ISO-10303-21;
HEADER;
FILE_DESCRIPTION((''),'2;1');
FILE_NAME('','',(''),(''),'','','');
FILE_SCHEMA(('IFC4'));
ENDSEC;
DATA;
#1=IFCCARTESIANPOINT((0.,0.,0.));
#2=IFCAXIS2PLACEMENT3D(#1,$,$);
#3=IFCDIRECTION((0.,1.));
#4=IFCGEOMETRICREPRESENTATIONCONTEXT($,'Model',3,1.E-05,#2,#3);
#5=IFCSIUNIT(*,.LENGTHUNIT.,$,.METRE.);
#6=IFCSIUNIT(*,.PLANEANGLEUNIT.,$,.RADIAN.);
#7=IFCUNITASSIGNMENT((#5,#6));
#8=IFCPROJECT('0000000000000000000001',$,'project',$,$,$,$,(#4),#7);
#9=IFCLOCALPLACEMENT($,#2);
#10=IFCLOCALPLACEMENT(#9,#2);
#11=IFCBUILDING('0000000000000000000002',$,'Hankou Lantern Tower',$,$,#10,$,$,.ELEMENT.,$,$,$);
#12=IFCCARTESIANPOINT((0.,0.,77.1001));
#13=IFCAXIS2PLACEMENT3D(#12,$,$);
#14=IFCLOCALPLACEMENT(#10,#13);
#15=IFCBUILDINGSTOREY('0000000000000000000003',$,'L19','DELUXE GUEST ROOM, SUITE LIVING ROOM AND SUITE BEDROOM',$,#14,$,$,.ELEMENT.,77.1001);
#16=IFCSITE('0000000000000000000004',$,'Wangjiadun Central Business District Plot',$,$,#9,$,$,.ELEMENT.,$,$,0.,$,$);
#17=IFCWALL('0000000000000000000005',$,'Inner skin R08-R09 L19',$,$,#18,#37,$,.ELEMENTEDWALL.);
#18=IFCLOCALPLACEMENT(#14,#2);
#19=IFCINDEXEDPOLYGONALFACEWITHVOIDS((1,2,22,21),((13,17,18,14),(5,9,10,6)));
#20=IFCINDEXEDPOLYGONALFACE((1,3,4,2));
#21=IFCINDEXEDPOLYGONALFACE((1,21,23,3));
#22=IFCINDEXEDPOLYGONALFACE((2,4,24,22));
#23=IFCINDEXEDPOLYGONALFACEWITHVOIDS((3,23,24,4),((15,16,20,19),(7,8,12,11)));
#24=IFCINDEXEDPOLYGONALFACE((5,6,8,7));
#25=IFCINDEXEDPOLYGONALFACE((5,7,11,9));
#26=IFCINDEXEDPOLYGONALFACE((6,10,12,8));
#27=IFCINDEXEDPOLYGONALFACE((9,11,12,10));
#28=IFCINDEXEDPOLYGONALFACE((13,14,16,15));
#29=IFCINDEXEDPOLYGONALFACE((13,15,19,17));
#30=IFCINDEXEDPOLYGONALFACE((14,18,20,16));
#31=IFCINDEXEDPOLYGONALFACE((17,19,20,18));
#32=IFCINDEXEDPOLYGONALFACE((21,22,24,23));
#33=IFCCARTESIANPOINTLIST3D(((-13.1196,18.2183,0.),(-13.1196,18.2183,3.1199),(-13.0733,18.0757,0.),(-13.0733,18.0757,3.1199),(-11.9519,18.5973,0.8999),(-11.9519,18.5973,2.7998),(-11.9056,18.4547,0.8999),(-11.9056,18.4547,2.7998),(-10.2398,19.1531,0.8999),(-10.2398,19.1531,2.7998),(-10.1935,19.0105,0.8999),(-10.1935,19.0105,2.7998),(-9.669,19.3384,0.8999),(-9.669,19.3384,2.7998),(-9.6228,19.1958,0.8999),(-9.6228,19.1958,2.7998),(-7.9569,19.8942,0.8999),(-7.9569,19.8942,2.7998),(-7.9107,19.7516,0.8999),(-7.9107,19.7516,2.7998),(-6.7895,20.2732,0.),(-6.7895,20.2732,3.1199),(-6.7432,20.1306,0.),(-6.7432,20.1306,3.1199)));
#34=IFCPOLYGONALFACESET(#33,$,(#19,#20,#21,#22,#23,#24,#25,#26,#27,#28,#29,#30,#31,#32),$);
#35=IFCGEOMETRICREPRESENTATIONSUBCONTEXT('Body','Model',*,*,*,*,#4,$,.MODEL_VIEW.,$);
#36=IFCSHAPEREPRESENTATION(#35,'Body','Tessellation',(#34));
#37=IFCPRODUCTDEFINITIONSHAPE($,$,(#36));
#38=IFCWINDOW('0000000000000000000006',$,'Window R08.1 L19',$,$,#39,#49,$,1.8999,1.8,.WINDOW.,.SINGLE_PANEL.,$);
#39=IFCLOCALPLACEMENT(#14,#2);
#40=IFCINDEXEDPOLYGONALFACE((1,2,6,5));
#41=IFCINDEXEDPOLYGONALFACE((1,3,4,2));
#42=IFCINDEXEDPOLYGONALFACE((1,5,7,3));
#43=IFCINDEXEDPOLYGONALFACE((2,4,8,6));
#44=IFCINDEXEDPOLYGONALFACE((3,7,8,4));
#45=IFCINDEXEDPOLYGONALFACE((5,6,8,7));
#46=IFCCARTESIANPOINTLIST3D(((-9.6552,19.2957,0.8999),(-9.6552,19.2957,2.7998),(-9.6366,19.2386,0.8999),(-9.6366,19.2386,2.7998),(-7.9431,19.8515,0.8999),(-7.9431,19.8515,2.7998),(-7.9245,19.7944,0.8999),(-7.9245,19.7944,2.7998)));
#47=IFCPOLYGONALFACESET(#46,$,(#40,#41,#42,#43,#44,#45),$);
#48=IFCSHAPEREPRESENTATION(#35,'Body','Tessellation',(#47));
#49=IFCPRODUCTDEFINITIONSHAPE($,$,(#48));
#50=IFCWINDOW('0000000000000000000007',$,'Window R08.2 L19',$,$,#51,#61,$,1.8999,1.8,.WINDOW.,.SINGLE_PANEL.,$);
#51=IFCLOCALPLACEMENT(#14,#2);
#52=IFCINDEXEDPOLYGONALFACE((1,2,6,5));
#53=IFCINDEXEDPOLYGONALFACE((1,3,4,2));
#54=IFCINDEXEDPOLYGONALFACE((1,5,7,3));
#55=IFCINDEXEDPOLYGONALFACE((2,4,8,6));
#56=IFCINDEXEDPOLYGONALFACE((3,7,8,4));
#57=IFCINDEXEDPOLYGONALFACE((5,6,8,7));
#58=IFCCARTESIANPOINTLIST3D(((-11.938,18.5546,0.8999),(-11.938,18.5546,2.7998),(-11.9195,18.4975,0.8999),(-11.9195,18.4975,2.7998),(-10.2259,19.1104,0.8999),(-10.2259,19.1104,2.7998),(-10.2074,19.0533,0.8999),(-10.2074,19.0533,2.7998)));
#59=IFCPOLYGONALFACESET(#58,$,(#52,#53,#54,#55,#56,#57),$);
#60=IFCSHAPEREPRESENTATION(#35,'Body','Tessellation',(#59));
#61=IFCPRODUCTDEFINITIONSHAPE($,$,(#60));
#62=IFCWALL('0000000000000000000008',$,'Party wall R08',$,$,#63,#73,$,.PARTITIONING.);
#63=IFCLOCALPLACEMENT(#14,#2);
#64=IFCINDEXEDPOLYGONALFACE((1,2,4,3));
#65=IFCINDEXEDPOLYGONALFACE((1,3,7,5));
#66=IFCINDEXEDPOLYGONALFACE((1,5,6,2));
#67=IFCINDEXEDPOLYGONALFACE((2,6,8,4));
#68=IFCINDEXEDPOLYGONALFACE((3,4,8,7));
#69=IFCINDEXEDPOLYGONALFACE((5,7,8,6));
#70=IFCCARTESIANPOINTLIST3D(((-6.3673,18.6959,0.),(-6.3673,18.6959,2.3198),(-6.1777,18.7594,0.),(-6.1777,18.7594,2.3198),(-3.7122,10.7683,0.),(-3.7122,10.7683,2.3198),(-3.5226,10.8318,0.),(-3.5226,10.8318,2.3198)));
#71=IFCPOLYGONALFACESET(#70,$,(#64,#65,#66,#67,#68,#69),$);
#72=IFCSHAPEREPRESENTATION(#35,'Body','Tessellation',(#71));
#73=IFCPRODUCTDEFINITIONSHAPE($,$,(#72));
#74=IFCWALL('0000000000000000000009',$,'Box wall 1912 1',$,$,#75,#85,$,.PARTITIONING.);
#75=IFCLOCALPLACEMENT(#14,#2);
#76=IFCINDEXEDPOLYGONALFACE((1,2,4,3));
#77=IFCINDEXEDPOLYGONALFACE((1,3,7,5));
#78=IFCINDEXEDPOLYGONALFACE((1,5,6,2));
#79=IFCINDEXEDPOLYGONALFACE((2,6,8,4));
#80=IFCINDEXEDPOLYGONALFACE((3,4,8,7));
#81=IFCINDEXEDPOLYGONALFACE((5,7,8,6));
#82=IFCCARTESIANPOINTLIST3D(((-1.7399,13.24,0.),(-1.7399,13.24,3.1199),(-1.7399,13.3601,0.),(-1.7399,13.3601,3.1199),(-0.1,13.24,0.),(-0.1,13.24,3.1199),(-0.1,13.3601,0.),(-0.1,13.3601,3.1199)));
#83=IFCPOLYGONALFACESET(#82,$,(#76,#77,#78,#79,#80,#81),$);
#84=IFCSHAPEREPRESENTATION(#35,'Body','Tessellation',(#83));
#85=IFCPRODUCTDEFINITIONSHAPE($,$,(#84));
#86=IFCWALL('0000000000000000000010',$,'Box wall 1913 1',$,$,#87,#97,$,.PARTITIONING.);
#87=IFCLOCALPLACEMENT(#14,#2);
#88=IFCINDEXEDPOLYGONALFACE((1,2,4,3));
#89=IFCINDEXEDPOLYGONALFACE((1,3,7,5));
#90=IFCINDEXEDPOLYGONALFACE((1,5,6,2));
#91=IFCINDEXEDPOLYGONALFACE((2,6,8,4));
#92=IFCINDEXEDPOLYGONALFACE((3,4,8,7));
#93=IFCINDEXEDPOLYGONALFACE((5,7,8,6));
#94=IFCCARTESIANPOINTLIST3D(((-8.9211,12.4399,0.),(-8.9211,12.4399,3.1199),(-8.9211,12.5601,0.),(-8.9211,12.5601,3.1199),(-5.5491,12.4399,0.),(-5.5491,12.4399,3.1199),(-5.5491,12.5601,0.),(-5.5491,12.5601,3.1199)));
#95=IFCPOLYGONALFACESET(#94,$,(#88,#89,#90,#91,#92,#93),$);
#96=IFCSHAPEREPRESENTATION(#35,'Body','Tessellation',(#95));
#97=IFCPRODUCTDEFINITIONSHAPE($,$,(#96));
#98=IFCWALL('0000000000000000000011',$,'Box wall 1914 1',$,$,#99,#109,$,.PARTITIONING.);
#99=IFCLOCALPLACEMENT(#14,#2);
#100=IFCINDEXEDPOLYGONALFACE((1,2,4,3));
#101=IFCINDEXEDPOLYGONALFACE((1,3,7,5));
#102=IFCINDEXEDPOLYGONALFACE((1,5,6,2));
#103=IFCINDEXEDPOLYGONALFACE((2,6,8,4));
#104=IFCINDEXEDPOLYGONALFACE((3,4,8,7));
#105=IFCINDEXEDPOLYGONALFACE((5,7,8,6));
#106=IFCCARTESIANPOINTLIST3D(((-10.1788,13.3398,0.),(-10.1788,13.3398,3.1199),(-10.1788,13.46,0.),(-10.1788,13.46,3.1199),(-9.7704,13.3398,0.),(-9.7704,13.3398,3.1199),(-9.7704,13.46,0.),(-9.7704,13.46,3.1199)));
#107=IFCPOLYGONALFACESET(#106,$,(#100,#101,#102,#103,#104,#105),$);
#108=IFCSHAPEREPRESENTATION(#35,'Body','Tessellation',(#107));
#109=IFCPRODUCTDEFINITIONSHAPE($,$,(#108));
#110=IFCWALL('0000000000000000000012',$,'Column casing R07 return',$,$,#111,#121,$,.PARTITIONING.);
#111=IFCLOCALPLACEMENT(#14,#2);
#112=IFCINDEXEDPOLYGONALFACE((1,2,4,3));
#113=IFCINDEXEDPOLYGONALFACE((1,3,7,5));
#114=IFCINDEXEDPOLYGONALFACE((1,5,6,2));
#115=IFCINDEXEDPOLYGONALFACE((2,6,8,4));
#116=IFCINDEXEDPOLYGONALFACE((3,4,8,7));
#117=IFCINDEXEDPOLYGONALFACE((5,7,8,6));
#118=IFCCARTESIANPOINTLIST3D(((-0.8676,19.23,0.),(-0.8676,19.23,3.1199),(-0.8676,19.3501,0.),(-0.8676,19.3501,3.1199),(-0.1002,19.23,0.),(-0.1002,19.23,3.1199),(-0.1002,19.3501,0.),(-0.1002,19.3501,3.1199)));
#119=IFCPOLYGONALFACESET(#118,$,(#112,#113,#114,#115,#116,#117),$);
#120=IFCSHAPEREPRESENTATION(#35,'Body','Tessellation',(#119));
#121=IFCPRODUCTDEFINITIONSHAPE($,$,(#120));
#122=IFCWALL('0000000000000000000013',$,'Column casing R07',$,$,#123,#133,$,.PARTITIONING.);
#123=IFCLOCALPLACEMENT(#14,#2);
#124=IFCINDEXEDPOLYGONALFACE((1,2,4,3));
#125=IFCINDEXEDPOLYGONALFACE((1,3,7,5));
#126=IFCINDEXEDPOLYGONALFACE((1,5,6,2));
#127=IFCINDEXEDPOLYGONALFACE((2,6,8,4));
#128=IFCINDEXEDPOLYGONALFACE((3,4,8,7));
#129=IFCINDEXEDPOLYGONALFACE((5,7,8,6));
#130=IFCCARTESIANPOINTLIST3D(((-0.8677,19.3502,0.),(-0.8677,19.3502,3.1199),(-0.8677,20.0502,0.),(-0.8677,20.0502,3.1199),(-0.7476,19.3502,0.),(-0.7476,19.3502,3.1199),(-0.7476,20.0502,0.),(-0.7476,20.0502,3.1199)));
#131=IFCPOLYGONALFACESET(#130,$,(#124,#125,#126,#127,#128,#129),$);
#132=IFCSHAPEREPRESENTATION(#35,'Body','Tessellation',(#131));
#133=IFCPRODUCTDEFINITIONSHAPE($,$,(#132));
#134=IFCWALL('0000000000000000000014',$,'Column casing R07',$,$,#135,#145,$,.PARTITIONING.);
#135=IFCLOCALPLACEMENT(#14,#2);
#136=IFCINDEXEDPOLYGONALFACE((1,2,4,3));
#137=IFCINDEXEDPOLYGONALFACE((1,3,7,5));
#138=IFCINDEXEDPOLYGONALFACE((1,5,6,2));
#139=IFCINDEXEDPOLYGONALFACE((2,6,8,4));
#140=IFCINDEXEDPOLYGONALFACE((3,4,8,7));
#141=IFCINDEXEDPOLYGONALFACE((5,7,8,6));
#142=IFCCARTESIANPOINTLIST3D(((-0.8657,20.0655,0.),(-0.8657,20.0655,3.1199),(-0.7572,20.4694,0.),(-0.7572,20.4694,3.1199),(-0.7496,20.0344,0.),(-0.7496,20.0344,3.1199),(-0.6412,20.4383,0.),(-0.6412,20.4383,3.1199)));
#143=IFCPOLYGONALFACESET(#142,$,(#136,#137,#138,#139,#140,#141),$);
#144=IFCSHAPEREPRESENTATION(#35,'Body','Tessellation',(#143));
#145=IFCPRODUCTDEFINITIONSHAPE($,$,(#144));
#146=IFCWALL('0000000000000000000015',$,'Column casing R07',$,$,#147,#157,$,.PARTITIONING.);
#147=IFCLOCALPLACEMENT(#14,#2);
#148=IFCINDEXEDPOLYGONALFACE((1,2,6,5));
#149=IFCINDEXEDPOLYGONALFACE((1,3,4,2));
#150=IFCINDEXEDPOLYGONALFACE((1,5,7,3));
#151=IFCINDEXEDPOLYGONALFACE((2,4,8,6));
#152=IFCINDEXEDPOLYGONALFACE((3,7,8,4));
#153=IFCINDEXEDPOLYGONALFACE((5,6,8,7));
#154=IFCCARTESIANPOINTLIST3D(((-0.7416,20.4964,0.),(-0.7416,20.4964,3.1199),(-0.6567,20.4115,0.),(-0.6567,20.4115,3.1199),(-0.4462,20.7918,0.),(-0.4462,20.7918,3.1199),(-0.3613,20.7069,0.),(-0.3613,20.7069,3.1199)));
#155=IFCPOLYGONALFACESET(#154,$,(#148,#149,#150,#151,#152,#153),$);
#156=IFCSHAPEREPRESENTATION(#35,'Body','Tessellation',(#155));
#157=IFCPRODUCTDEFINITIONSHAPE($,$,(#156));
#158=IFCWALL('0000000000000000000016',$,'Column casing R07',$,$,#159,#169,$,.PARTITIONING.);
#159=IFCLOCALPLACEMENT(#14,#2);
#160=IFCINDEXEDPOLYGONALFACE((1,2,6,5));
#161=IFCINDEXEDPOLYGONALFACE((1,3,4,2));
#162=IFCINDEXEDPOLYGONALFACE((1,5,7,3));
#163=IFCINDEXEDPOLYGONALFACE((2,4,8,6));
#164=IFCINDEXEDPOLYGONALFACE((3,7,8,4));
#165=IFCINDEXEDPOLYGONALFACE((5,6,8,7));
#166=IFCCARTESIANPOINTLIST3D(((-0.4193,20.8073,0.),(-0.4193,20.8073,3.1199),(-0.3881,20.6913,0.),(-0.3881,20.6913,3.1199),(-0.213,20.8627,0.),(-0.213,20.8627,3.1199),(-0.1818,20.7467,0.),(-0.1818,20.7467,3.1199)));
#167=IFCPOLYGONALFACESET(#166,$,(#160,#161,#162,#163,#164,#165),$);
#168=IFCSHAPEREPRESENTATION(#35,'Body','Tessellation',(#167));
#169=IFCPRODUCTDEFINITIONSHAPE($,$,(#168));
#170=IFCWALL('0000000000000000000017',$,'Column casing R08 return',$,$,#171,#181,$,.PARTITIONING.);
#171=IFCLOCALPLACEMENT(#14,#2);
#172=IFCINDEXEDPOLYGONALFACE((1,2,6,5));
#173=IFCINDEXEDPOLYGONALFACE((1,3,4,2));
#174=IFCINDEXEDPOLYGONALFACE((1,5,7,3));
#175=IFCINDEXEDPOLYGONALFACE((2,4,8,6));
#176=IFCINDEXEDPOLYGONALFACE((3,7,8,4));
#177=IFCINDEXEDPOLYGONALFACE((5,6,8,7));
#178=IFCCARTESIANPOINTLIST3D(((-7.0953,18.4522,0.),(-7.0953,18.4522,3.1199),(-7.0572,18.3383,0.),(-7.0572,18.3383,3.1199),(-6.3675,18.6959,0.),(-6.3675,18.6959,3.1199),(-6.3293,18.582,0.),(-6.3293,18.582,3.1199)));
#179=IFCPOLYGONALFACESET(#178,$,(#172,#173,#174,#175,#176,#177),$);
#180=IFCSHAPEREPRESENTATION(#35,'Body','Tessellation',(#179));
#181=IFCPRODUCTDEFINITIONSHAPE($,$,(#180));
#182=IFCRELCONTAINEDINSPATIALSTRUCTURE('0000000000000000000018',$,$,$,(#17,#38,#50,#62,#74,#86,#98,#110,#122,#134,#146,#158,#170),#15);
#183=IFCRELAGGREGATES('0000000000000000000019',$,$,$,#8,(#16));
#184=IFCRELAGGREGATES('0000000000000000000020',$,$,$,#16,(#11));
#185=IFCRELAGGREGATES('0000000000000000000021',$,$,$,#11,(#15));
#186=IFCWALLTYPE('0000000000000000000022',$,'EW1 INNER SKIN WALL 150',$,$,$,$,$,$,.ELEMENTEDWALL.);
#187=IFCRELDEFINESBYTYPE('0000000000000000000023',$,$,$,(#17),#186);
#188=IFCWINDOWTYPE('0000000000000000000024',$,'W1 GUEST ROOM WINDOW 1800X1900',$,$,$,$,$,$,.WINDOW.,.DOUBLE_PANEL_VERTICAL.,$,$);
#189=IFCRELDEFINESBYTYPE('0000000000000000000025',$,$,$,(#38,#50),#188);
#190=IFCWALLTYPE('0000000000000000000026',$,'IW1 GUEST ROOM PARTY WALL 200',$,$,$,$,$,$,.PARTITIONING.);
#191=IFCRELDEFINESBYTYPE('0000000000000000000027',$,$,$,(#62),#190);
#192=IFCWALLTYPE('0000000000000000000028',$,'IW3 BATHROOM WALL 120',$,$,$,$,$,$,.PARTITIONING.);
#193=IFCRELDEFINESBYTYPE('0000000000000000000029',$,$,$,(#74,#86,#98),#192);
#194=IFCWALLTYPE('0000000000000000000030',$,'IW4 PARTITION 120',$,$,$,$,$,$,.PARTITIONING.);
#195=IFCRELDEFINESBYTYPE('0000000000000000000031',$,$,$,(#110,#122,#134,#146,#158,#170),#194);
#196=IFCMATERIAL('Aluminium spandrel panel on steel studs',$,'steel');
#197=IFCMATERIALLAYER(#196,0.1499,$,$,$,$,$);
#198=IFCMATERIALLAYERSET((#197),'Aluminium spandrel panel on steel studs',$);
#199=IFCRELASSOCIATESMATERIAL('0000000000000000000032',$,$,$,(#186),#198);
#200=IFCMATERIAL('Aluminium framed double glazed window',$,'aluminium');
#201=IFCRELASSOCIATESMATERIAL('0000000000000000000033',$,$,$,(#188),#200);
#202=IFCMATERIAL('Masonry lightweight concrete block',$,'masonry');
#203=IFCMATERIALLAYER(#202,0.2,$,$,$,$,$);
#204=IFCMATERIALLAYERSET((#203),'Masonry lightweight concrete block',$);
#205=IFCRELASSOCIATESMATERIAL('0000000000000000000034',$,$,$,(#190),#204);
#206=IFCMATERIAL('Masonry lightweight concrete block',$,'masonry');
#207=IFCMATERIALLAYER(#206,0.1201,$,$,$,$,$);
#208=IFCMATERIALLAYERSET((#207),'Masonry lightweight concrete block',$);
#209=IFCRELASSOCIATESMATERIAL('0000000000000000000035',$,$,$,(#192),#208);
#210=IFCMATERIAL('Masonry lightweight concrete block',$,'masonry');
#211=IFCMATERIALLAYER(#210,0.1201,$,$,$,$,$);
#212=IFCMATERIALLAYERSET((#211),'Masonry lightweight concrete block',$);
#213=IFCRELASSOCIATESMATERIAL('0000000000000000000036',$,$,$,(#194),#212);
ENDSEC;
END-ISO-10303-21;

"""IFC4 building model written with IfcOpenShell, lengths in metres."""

from ifc_helpers import new_model, si_unit, direction, frame, frame_2d, origin, place, context, subcontext, project, spatial, rectangle, extrude, material, layer, layer_set, type_object, element, fill, save


model = new_model("IFC4")

# Units and contexts
model_context = context("Model", 3, precision=1e-05, world=origin(), true_north=direction((0.0, 1.0)))
body_context = subcontext(model_context, "Body", "Model", "MODEL_VIEW")
ifc_project = project(units=[si_unit("LENGTHUNIT", "METRE"), si_unit("PLANEANGLEUNIT", "RADIAN")], contexts=[model_context])

# Site, building, storey
site_placement = place(None, origin())
site = spatial("IfcSite", under=ifc_project, at=site_placement, Name="Wangjiadun Central Business District Plot", CompositionType="ELEMENT", RefElevation=0.0)
building_placement = place(site_placement, origin())
building = spatial("IfcBuilding", under=site, at=building_placement, Name="Hankou Lantern Tower", CompositionType="ELEMENT")
storey_placement = place(building_placement, frame((0.0, 0.0, 77.1001)))
storey = spatial("IfcBuildingStorey", under=building, at=storey_placement, Name="L19", Description="DELUXE GUEST ROOM, SUITE LIVING ROOM AND SUITE BEDROOM", CompositionType="ELEMENT", Elevation=77.1001)

# Wall, openings, windows
ifc_material_1 = material(Name="Aluminium spandrel panel on steel studs", Category="steel")
ifc_layer_1 = layer(ifc_material_1, 0.1499)
ifc_layer_set_1 = layer_set([ifc_layer_1], Name="Aluminium spandrel panel on steel studs")
wall_type_1 = type_object("IfcWallType", Name="EW1 INNER SKIN WALL 150", PredefinedType="ELEMENTEDWALL", material=ifc_layer_set_1)
wall_1_placement = place(storey_placement, frame((-6.7664, 20.2019, 0.0), z_axis=(0.0, 0.0, 1.0), x_axis=(-0.951138, -0.308768, 0.0)))
wall_1 = element("IfcWall", 1, at=wall_1_placement, inside=storey, type_object=wall_type_1, Name="Inner skin R08-R09 L19", PredefinedType="ELEMENTEDWALL", context=body_context, shape_type="SweptSolid", body=[
    extrude(rectangle(XDim=6.6553, YDim=0.1499, at=frame_2d((3.3276, 0.0))), origin(), (0.0, 0.0, 1.0), 3.1199),
])
opening_1_placement = place(wall_1_placement, frame((1.2275, 0.0, 0.8999)))
opening_1 = element("IfcOpeningElement", 2, at=opening_1_placement, cuts=wall_1, PredefinedType="OPENING", context=body_context, shape_type="SweptSolid", body=[
    extrude(rectangle(XDim=1.8, YDim=1.8999, at=frame_2d((0.8999, 0.95))), frame((0.0, 0.085, 0.0), z_axis=(0.0, -1.0, 0.0), x_axis=(1.0, 0.0, 0.0)), (0.0, 0.0, 1.0), 0.1699),
])
opening_2_placement = place(wall_1_placement, frame((3.6277, 0.0, 0.8999)))
opening_2 = element("IfcOpeningElement", 3, at=opening_2_placement, cuts=wall_1, PredefinedType="OPENING", context=body_context, shape_type="SweptSolid", body=[
    extrude(rectangle(XDim=1.8, YDim=1.8999, at=frame_2d((0.8999, 0.95))), frame((0.0, 0.085, 0.0), z_axis=(0.0, -1.0, 0.0), x_axis=(1.0, 0.0, 0.0)), (0.0, 0.0, 1.0), 0.1699),
])
ifc_material_2 = material(Name="Aluminium framed double glazed window", Category="aluminium")
window_type = type_object("IfcWindowType", Name="W1 GUEST ROOM WINDOW 1800X1900", PartitioningType="DOUBLE_PANEL_VERTICAL", PredefinedType="WINDOW", material=ifc_material_2)
window_1_placement = place(opening_1_placement, origin())
window_1 = element("IfcWindow", 4, at=window_1_placement, inside=storey, type_object=window_type, Name="Window R08.1 L19", OverallHeight=1.8999, OverallWidth=1.8, PartitioningType="SINGLE_PANEL", PredefinedType="WINDOW", context=body_context, shape_type="SweptSolid", body=[
    extrude(rectangle(XDim=1.8, YDim=1.8999, at=frame_2d((0.8999, 0.95))), frame((0.0, 0.03, 0.0), z_axis=(0.0, -1.0, 0.0), x_axis=(1.0, 0.0, 0.0)), (0.0, 0.0, 1.0), 0.0601),
])
fill(opening_1, window_1)
window_2_placement = place(opening_2_placement, origin())
window_2 = element("IfcWindow", 5, at=window_2_placement, inside=storey, type_object=window_type, Name="Window R08.2 L19", OverallHeight=1.8999, OverallWidth=1.8, PartitioningType="SINGLE_PANEL", PredefinedType="WINDOW", context=body_context, shape_type="SweptSolid", body=[
    extrude(rectangle(XDim=1.8, YDim=1.8999, at=frame_2d((0.8999, 0.95))), frame((0.0, 0.03, 0.0), z_axis=(0.0, -1.0, 0.0), x_axis=(1.0, 0.0, 0.0)), (0.0, 0.0, 1.0), 0.0601),
])
fill(opening_2, window_2)

# Walls
ifc_material_3 = material(Name="Masonry lightweight concrete block", Category="masonry")
ifc_layer_2 = layer(ifc_material_3, 0.2)
ifc_layer_set_2 = layer_set([ifc_layer_2], Name="Masonry lightweight concrete block")
wall_type_2 = type_object("IfcWallType", Name="IW1 GUEST ROOM PARTY WALL 200", PredefinedType="PARTITIONING", material=ifc_layer_set_2)
wall_2_placement = place(storey_placement, frame((-3.6174, 10.8, 0.0), z_axis=(0.0, 0.0, 1.0), x_axis=(-0.317577, 0.948233, 0.0)))
element("IfcWall", 6, at=wall_2_placement, inside=storey, type_object=wall_type_2, Name="Party wall R08", PredefinedType="PARTITIONING", context=body_context, shape_type="SweptSolid", body=[
    extrude(rectangle(XDim=8.3604, YDim=0.2, at=frame_2d((4.1802, 0.0))), origin(), (0.0, 0.0, 1.0), 2.3198),
])
ifc_material_4 = material(Name="Masonry lightweight concrete block", Category="masonry")
ifc_layer_3 = layer(ifc_material_4, 0.1201)
ifc_layer_set_3 = layer_set([ifc_layer_3], Name="Masonry lightweight concrete block")
wall_type_3 = type_object("IfcWallType", Name="IW3 BATHROOM WALL 120", PredefinedType="PARTITIONING", material=ifc_layer_set_3)
wall_3_placement = place(storey_placement, frame((-0.1001, 13.3, 0.0), z_axis=(0.0, 0.0, 1.0), x_axis=(-1.0, 0.0, 0.0)))
element("IfcWall", 7, at=wall_3_placement, inside=storey, type_object=wall_type_3, Name="Box wall 1912 1", PredefinedType="PARTITIONING", context=body_context, shape_type="SweptSolid", body=[
    extrude(rectangle(XDim=1.6399, YDim=0.1201, at=frame_2d((0.8198, 0.0))), origin(), (0.0, 0.0, 1.0), 3.1199),
])
wall_4_placement = place(storey_placement, frame((-8.9211, 12.5, 0.0), z_axis=(0.0, 0.0, 1.0), x_axis=(1.0, 0.0, 0.0)))
element("IfcWall", 8, at=wall_4_placement, inside=storey, type_object=wall_type_3, Name="Box wall 1913 1", PredefinedType="PARTITIONING", context=body_context, shape_type="SweptSolid", body=[
    extrude(rectangle(XDim=3.3721, YDim=0.1201, at=frame_2d((1.686, 0.0))), origin(), (0.0, 0.0, 1.0), 3.1199),
])
wall_5_placement = place(storey_placement, frame((-9.7705, 13.3999, 0.0), z_axis=(0.0, 0.0, 1.0), x_axis=(-1.0, 0.0, 0.0)))
element("IfcWall", 9, at=wall_5_placement, inside=storey, type_object=wall_type_3, Name="Box wall 1914 1", PredefinedType="PARTITIONING", context=body_context, shape_type="SweptSolid", body=[
    extrude(rectangle(XDim=0.4084, YDim=0.1201, at=frame_2d((0.2041, 0.0))), origin(), (0.0, 0.0, 1.0), 3.1199),
])
ifc_material_5 = material(Name="Masonry lightweight concrete block", Category="masonry")
ifc_layer_4 = layer(ifc_material_5, 0.1201)
ifc_layer_set_4 = layer_set([ifc_layer_4], Name="Masonry lightweight concrete block")
wall_type_4 = type_object("IfcWallType", Name="IW4 PARTITION 120", PredefinedType="PARTITIONING", material=ifc_layer_set_4)
wall_6_placement = place(storey_placement, frame((-0.1001, 19.29, 0.0), z_axis=(0.0, 0.0, 1.0), x_axis=(-1.0, 0.0, 0.0)))
element("IfcWall", 10, at=wall_6_placement, inside=storey, type_object=wall_type_4, Name="Column casing R07 return", PredefinedType="PARTITIONING", context=body_context, shape_type="SweptSolid", body=[
    extrude(rectangle(XDim=0.7673, YDim=0.1201, at=frame_2d((0.3838, 0.0))), origin(), (0.0, 0.0, 1.0), 3.1199),
])
wall_7_placement = place(storey_placement, frame((-0.8076, 19.3501, 0.0), z_axis=(0.0, 0.0, 1.0), x_axis=(0.0, 1.0, 0.0)))
element("IfcWall", 11, at=wall_7_placement, inside=storey, type_object=wall_type_4, Name="Column casing R07", PredefinedType="PARTITIONING", context=body_context, shape_type="SweptSolid", body=[
    extrude(rectangle(XDim=0.7, YDim=0.1201, at=frame_2d((0.3501, 0.0))), origin(), (0.0, 0.0, 1.0), 3.1199),
])
wall_8_placement = place(storey_placement, frame((-0.8076, 20.05, 0.0), z_axis=(0.0, 0.0, 1.0), x_axis=(0.259261, 0.965807, 0.0)))
element("IfcWall", 12, at=wall_8_placement, inside=storey, type_object=wall_type_4, Name="Column casing R07", PredefinedType="PARTITIONING", context=body_context, shape_type="SweptSolid", body=[
    extrude(rectangle(XDim=0.4182, YDim=0.1201, at=frame_2d((0.209, 0.0))), origin(), (0.0, 0.0, 1.0), 3.1199),
])
wall_9_placement = place(storey_placement, frame((-0.6992, 20.4539, 0.0), z_axis=(0.0, 0.0, 1.0), x_axis=(0.707107, 0.707107, 0.0)))
element("IfcWall", 13, at=wall_9_placement, inside=storey, type_object=wall_type_4, Name="Column casing R07", PredefinedType="PARTITIONING", context=body_context, shape_type="SweptSolid", body=[
    extrude(rectangle(XDim=0.4177, YDim=0.1201, at=frame_2d((0.209, 0.0))), origin(), (0.0, 0.0, 1.0), 3.1199),
])
wall_10_placement = place(storey_placement, frame((-0.4038, 20.7493, 0.0), z_axis=(0.0, 0.0, 1.0), x_axis=(0.965759, 0.259441, 0.0)))
element("IfcWall", 14, at=wall_10_placement, inside=storey, type_object=wall_type_4, Name="Column casing R07", PredefinedType="PARTITIONING", context=body_context, shape_type="SweptSolid", body=[
    extrude(rectangle(XDim=0.2136, YDim=0.1201, at=frame_2d((0.1069, 0.0))), origin(), (0.0, 0.0, 1.0), 3.1199),
])
wall_11_placement = place(storey_placement, frame((-6.3484, 18.6389, 0.0), z_axis=(0.0, 0.0, 1.0), x_axis=(-0.948269, -0.317468, 0.0)))
element("IfcWall", 15, at=wall_11_placement, inside=storey, type_object=wall_type_4, Name="Column casing R08 return", PredefinedType="PARTITIONING", context=body_context, shape_type="SweptSolid", body=[
    extrude(rectangle(XDim=0.7676, YDim=0.1201, at=frame_2d((0.3838, 0.0))), origin(), (0.0, 0.0, 1.0), 3.1199),
])

save(model, "model.ifc")
